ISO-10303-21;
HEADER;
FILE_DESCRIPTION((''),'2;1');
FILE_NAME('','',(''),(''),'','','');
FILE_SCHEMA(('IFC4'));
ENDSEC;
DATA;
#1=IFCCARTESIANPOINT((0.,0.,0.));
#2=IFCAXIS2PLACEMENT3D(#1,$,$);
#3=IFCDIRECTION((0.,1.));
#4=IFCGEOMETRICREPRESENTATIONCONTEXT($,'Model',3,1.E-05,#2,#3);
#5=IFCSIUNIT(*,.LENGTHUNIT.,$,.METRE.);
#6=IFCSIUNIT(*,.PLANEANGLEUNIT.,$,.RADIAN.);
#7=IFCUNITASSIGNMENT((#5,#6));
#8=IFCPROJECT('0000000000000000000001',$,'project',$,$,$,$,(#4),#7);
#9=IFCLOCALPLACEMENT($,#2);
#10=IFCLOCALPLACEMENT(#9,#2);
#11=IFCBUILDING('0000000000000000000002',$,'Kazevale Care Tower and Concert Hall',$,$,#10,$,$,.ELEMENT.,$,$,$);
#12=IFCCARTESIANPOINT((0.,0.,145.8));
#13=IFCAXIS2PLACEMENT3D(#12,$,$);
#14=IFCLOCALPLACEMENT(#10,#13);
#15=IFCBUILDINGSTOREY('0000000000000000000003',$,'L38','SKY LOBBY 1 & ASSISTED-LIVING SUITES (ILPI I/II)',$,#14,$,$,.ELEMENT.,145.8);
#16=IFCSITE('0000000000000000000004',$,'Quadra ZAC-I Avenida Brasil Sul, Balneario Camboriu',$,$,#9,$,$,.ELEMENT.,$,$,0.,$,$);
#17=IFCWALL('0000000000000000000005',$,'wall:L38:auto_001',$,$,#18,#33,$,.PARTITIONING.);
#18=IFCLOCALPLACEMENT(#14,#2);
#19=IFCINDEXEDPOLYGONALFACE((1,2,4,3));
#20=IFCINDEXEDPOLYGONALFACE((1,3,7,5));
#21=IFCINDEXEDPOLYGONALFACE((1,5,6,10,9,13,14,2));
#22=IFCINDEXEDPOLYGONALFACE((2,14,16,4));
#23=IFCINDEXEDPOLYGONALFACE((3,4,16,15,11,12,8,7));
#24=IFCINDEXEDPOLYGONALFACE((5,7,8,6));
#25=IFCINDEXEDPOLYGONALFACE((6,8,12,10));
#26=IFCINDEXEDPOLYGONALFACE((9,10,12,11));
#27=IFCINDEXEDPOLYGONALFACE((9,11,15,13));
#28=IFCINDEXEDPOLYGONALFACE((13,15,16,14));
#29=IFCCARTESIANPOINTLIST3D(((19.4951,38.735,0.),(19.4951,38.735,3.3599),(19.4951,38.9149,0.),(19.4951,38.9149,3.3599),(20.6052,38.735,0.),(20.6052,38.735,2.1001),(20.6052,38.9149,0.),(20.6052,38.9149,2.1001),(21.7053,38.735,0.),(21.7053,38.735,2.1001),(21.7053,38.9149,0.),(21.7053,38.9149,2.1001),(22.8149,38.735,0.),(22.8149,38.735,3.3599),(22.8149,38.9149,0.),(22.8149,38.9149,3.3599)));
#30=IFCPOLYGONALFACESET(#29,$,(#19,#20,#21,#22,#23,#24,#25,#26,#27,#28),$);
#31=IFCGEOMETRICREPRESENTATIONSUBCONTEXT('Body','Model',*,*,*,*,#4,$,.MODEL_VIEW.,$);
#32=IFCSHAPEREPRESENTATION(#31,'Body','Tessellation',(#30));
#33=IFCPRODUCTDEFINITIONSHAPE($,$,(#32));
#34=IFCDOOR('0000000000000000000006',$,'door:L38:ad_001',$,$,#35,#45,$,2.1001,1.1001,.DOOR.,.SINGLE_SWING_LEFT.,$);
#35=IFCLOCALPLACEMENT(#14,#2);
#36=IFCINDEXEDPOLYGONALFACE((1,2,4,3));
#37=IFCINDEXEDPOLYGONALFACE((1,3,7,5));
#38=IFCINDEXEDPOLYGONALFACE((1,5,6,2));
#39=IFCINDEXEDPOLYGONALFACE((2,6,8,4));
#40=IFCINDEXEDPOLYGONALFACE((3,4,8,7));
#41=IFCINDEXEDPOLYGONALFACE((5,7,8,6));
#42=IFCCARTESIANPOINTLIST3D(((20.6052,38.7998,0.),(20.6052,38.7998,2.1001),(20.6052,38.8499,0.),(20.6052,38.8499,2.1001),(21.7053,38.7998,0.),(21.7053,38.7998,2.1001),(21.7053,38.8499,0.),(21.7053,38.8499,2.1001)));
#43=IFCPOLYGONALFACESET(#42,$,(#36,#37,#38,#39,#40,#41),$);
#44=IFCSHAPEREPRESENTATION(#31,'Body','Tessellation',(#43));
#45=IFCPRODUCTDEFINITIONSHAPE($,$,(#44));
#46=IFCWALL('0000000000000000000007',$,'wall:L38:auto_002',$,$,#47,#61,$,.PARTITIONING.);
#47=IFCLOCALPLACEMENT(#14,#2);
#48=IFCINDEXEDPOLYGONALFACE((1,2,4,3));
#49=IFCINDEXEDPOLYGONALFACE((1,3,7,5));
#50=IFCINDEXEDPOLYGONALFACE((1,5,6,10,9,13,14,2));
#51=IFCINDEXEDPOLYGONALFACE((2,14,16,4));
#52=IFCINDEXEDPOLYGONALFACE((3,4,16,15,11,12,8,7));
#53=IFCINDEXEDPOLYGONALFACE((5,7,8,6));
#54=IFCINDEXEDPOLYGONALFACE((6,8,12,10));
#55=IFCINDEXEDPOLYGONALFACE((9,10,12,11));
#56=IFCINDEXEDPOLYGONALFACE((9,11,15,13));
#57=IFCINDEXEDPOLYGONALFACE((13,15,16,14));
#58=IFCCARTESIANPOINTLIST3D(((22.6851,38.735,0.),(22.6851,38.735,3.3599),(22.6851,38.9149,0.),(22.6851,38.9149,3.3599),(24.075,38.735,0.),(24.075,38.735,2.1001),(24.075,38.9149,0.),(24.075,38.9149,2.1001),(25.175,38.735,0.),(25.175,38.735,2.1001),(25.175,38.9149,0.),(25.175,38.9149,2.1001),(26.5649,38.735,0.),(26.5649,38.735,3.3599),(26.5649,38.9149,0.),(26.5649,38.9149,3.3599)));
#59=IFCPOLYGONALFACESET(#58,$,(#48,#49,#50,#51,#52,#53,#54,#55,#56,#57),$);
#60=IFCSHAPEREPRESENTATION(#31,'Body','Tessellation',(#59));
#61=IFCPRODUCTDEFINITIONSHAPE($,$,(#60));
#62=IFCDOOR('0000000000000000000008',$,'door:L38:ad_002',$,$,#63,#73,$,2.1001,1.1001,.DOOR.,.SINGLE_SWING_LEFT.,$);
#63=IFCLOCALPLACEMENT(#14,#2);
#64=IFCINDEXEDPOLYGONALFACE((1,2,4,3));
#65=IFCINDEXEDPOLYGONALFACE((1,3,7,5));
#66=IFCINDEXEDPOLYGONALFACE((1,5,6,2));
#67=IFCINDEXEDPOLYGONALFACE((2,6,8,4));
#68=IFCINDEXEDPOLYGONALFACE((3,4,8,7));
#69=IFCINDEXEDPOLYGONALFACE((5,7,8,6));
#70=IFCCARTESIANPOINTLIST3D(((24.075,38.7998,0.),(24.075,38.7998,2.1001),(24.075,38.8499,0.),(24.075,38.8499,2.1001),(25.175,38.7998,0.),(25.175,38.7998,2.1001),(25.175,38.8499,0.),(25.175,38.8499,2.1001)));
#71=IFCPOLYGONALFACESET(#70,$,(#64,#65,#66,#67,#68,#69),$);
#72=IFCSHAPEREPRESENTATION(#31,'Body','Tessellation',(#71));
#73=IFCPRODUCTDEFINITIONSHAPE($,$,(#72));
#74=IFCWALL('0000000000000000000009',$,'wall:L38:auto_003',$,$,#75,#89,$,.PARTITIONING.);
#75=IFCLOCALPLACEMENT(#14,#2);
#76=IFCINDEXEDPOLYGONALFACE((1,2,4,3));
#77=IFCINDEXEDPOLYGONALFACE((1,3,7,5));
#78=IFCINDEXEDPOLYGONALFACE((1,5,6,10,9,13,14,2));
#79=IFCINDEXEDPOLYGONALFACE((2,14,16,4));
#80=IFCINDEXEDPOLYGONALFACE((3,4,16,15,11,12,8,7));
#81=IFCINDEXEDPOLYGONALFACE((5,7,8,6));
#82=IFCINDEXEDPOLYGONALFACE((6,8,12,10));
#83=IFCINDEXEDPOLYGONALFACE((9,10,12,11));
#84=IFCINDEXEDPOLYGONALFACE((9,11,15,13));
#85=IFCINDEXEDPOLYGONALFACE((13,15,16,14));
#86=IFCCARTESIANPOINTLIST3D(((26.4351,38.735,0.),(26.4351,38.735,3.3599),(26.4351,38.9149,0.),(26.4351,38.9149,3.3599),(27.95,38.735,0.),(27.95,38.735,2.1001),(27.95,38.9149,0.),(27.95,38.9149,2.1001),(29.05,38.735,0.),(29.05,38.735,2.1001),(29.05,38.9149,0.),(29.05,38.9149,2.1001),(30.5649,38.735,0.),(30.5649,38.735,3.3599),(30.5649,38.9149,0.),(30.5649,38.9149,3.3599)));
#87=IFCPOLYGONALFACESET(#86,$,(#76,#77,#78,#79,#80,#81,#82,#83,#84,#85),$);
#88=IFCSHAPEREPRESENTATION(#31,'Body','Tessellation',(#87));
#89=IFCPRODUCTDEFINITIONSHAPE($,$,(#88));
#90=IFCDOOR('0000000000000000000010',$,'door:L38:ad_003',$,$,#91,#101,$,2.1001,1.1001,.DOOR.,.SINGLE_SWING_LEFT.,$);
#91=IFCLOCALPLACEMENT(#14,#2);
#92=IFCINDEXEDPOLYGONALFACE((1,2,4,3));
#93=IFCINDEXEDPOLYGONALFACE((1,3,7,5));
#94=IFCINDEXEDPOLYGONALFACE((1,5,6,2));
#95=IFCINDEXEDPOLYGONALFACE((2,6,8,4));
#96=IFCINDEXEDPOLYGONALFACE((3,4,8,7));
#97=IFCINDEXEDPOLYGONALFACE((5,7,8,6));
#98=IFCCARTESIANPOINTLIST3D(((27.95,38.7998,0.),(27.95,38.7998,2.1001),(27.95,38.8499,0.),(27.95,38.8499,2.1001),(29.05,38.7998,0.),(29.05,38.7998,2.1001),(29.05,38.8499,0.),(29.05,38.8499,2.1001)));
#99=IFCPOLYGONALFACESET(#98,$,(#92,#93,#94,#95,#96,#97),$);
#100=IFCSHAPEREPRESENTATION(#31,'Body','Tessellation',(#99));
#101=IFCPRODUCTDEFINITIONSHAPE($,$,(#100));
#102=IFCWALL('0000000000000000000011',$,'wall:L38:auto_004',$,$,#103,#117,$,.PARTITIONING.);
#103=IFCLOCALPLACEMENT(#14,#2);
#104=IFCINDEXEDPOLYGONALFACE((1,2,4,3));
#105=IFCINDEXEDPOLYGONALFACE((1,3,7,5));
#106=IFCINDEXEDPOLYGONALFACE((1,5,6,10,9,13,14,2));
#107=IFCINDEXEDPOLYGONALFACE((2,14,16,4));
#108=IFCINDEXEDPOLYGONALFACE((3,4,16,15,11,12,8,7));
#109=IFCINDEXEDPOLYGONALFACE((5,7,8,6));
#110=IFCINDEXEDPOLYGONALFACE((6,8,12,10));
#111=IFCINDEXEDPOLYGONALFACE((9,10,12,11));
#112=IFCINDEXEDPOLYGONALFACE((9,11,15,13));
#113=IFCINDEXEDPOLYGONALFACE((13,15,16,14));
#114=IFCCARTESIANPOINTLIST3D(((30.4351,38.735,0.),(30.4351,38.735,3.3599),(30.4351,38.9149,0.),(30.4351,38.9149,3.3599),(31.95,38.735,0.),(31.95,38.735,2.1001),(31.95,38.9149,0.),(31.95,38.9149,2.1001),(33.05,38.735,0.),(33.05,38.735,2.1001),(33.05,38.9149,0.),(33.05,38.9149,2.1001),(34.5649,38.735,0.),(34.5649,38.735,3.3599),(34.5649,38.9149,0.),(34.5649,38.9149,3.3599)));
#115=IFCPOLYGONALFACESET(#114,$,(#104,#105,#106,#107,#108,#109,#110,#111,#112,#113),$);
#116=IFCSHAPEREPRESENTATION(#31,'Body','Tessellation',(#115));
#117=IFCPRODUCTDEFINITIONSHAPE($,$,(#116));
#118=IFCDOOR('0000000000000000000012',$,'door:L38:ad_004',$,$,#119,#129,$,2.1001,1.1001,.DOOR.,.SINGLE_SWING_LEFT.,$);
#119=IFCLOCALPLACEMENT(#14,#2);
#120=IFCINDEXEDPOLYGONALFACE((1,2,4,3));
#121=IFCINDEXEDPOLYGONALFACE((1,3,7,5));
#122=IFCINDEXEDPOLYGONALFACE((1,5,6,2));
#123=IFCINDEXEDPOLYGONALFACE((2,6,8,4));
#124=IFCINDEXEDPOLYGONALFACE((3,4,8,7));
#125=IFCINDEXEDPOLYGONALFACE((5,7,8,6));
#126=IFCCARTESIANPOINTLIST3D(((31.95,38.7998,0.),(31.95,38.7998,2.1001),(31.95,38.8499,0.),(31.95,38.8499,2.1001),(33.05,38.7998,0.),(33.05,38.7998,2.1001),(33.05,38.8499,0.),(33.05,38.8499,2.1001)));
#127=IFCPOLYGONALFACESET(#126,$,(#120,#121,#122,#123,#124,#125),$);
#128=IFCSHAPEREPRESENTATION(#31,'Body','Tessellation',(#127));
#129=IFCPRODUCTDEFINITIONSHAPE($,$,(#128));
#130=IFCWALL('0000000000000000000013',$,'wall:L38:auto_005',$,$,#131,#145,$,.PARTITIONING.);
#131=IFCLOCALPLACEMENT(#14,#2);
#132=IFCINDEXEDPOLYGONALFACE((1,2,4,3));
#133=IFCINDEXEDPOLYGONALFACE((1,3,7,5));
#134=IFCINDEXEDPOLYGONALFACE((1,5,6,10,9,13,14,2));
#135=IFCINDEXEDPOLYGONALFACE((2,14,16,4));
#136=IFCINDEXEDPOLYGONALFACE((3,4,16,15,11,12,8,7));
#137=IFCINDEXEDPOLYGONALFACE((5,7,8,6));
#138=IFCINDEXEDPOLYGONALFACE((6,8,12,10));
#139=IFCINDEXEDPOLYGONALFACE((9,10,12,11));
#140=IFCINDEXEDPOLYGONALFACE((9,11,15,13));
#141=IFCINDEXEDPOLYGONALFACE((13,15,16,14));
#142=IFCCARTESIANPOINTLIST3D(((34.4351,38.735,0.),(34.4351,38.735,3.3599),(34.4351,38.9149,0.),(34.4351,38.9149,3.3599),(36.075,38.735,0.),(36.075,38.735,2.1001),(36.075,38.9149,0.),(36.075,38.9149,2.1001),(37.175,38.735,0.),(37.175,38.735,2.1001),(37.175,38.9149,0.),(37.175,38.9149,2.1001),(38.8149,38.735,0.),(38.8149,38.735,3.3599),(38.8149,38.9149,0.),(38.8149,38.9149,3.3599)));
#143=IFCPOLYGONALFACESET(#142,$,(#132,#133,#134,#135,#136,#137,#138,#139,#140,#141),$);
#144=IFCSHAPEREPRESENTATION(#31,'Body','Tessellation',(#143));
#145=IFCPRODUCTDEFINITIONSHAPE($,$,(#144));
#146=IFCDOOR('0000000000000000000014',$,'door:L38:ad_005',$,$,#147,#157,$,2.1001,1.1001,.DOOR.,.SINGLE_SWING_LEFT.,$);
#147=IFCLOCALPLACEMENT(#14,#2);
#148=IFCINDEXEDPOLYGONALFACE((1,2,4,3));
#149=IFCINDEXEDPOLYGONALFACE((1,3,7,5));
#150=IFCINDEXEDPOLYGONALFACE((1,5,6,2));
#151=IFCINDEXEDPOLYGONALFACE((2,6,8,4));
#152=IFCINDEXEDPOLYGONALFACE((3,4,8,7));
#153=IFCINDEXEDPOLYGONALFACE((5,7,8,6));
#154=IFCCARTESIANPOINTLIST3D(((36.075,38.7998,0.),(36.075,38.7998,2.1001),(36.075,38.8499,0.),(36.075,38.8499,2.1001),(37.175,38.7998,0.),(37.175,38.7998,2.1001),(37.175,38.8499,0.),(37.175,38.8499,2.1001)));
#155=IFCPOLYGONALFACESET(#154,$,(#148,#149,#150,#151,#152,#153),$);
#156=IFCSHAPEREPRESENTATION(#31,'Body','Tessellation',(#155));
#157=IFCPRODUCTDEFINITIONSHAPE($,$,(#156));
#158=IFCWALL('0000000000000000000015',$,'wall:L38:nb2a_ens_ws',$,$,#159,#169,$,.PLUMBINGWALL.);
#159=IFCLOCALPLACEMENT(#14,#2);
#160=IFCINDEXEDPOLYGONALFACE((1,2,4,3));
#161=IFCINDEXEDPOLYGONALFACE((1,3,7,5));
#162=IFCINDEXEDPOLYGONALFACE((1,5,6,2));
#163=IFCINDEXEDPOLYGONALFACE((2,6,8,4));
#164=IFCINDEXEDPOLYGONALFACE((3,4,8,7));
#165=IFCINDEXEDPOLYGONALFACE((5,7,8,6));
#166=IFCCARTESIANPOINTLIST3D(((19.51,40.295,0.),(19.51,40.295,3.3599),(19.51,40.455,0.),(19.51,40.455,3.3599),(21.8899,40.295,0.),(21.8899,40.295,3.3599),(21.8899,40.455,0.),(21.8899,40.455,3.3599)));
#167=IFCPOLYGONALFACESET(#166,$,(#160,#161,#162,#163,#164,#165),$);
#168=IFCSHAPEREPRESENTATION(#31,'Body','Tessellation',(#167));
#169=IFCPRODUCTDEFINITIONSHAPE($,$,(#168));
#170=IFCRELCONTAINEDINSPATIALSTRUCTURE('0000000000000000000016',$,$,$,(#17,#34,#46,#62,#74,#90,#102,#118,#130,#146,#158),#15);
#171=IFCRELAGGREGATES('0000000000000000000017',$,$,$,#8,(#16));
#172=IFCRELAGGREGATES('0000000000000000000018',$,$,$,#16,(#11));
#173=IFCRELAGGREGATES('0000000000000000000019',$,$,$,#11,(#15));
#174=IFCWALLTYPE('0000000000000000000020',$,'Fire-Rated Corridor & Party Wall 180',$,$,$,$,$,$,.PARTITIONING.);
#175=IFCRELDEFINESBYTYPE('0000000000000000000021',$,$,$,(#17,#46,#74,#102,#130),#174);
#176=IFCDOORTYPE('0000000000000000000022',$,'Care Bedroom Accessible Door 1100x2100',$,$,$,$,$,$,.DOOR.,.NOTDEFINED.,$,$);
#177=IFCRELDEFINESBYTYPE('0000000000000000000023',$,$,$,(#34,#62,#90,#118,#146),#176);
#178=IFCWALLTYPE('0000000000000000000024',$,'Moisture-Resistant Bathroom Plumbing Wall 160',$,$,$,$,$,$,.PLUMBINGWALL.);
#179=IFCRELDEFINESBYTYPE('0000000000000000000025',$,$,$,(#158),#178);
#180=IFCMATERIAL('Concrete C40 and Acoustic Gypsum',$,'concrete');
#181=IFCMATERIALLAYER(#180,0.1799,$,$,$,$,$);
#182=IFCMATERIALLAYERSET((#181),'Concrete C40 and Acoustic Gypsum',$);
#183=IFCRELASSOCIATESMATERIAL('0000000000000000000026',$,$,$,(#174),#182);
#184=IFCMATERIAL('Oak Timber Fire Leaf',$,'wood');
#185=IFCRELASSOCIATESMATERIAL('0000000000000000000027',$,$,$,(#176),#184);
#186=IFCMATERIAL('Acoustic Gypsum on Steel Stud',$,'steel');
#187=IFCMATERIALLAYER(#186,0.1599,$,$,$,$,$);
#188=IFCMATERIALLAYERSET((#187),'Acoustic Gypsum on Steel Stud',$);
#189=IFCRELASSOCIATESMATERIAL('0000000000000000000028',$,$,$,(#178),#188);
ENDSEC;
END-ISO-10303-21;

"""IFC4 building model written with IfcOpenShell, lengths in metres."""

from ifc_helpers import new_model, si_unit, direction, frame, frame_2d, origin, place, context, subcontext, project, spatial, rectangle, extrude, material, layer, layer_set, type_object, element, fill, save


model = new_model("IFC4")

# Units and contexts
model_context = context("Model", 3, precision=1e-05, world=origin(), true_north=direction((0.0, 1.0)))
body_context = subcontext(model_context, "Body", "Model", "MODEL_VIEW")
ifc_project = project(units=[si_unit("LENGTHUNIT", "METRE"), si_unit("PLANEANGLEUNIT", "RADIAN")], contexts=[model_context])

# Site, building, storey
site_placement = place(None, origin())
site = spatial("IfcSite", under=ifc_project, at=site_placement, Name="Quadra ZAC-I Avenida Brasil Sul, Balneario Camboriu", CompositionType="ELEMENT", RefElevation=0.0)
building_placement = place(site_placement, origin())
building = spatial("IfcBuilding", under=site, at=building_placement, Name="Kazevale Care Tower and Concert Hall", CompositionType="ELEMENT")
storey_placement = place(building_placement, frame((0.0, 0.0, 145.8)))
storey = spatial("IfcBuildingStorey", under=building, at=storey_placement, Name="L38", Description="SKY LOBBY 1 & ASSISTED-LIVING SUITES (ILPI I/II)", CompositionType="ELEMENT", Elevation=145.8)

# Walls, openings, doors
ifc_material_1 = material(Name="Concrete C40 and Acoustic Gypsum", Category="concrete")
ifc_layer_1 = layer(ifc_material_1, 0.1799)
ifc_layer_set_1 = layer_set([ifc_layer_1], Name="Concrete C40 and Acoustic Gypsum")
wall_type_1 = type_object("IfcWallType", Name="Fire-Rated Corridor & Party Wall 180", PredefinedType="PARTITIONING", material=ifc_layer_set_1)
wall_1_placement = place(storey_placement, frame((19.4951, 38.825, 0.0), z_axis=(0.0, 0.0, 1.0), x_axis=(1.0, 0.0, 0.0)))
wall_1 = element("IfcWall", 1, at=wall_1_placement, inside=storey, type_object=wall_type_1, Name="wall:L38:auto_001", PredefinedType="PARTITIONING", context=body_context, shape_type="SweptSolid", body=[
    extrude(rectangle(XDim=3.3198, YDim=0.1799, at=frame_2d((1.6599, 0.0))), origin(), (0.0, 0.0, 1.0), 3.3599),
])
opening_1_placement = place(wall_1_placement, frame((1.1101, 0.0, 0.0)))
opening_1 = element("IfcOpeningElement", 2, at=opening_1_placement, cuts=wall_1, PredefinedType="OPENING", context=body_context, shape_type="SweptSolid", body=[
    extrude(rectangle(XDim=1.1001, YDim=2.1001, at=frame_2d((0.55, 1.05))), frame((0.0, 0.0999, 0.0), z_axis=(0.0, -1.0, 0.0), x_axis=(1.0, 0.0, 0.0)), (0.0, 0.0, 1.0), 0.2),
])
ifc_material_2 = material(Name="Oak Timber Fire Leaf", Category="wood")
door_type_1 = type_object("IfcDoorType", Name="Care Bedroom Accessible Door 1100x2100", OperationType="NOTDEFINED", PredefinedType="DOOR", material=ifc_material_2)
door_1_placement = place(opening_1_placement, origin())
door_1 = element("IfcDoor", 3, at=door_1_placement, inside=storey, type_object=door_type_1, Name="door:L38:ad_001", OperationType="SINGLE_SWING_LEFT", OverallHeight=2.1001, OverallWidth=1.1001, PredefinedType="DOOR", context=body_context, shape_type="SweptSolid", body=[
    extrude(rectangle(XDim=1.1001, YDim=2.1001, at=frame_2d((0.55, 1.05))), frame((0.0, 0.0249, 0.0), z_axis=(0.0, -1.0, 0.0), x_axis=(1.0, 0.0, 0.0)), (0.0, 0.0, 1.0), 0.05),
])
fill(opening_1, door_1)
wall_2_placement = place(storey_placement, frame((22.6851, 38.825, 0.0), z_axis=(0.0, 0.0, 1.0), x_axis=(1.0, 0.0, 0.0)))
wall_2 = element("IfcWall", 4, at=wall_2_placement, inside=storey, type_object=wall_type_1, Name="wall:L38:auto_002", PredefinedType="PARTITIONING", context=body_context, shape_type="SweptSolid", body=[
    extrude(rectangle(XDim=3.8799, YDim=0.1799, at=frame_2d((1.9399, 0.0))), origin(), (0.0, 0.0, 1.0), 3.3599),
])
opening_2_placement = place(wall_2_placement, frame((1.3899, 0.0, 0.0)))
opening_2 = element("IfcOpeningElement", 5, at=opening_2_placement, cuts=wall_2, PredefinedType="OPENING", context=body_context, shape_type="SweptSolid", body=[
    extrude(rectangle(XDim=1.1001, YDim=2.1001, at=frame_2d((0.55, 1.05))), frame((0.0, 0.0999, 0.0), z_axis=(0.0, -1.0, 0.0), x_axis=(1.0, 0.0, 0.0)), (0.0, 0.0, 1.0), 0.2),
])
door_2_placement = place(opening_2_placement, origin())
door_2 = element("IfcDoor", 6, at=door_2_placement, inside=storey, type_object=door_type_1, Name="door:L38:ad_002", OperationType="SINGLE_SWING_LEFT", OverallHeight=2.1001, OverallWidth=1.1001, PredefinedType="DOOR", context=body_context, shape_type="SweptSolid", body=[
    extrude(rectangle(XDim=1.1001, YDim=2.1001, at=frame_2d((0.55, 1.05))), frame((0.0, 0.0249, 0.0), z_axis=(0.0, -1.0, 0.0), x_axis=(1.0, 0.0, 0.0)), (0.0, 0.0, 1.0), 0.05),
])
fill(opening_2, door_2)
wall_3_placement = place(storey_placement, frame((26.4351, 38.825, 0.0), z_axis=(0.0, 0.0, 1.0), x_axis=(1.0, 0.0, 0.0)))
wall_3 = element("IfcWall", 7, at=wall_3_placement, inside=storey, type_object=wall_type_1, Name="wall:L38:auto_003", PredefinedType="PARTITIONING", context=body_context, shape_type="SweptSolid", body=[
    extrude(rectangle(XDim=4.1299, YDim=0.1799, at=frame_2d((2.0649, 0.0))), origin(), (0.0, 0.0, 1.0), 3.3599),
])
opening_3_placement = place(wall_3_placement, frame((1.5149, 0.0, 0.0)))
opening_3 = element("IfcOpeningElement", 8, at=opening_3_placement, cuts=wall_3, PredefinedType="OPENING", context=body_context, shape_type="SweptSolid", body=[
    extrude(rectangle(XDim=1.1001, YDim=2.1001, at=frame_2d((0.55, 1.05))), frame((0.0, 0.0999, 0.0), z_axis=(0.0, -1.0, 0.0), x_axis=(1.0, 0.0, 0.0)), (0.0, 0.0, 1.0), 0.2),
])
door_3_placement = place(opening_3_placement, origin())
door_3 = element("IfcDoor", 9, at=door_3_placement, inside=storey, type_object=door_type_1, Name="door:L38:ad_003", OperationType="SINGLE_SWING_LEFT", OverallHeight=2.1001, OverallWidth=1.1001, PredefinedType="DOOR", context=body_context, shape_type="SweptSolid", body=[
    extrude(rectangle(XDim=1.1001, YDim=2.1001, at=frame_2d((0.55, 1.05))), frame((0.0, 0.0249, 0.0), z_axis=(0.0, -1.0, 0.0), x_axis=(1.0, 0.0, 0.0)), (0.0, 0.0, 1.0), 0.05),
])
fill(opening_3, door_3)
wall_4_placement = place(storey_placement, frame((30.4351, 38.825, 0.0), z_axis=(0.0, 0.0, 1.0), x_axis=(1.0, 0.0, 0.0)))
wall_4 = element("IfcWall", 10, at=wall_4_placement, inside=storey, type_object=wall_type_1, Name="wall:L38:auto_004", PredefinedType="PARTITIONING", context=body_context, shape_type="SweptSolid", body=[
    extrude(rectangle(XDim=4.1299, YDim=0.1799, at=frame_2d((2.0649, 0.0))), origin(), (0.0, 0.0, 1.0), 3.3599),
])
opening_4_placement = place(wall_4_placement, frame((1.5149, 0.0, 0.0)))
opening_4 = element("IfcOpeningElement", 11, at=opening_4_placement, cuts=wall_4, PredefinedType="OPENING", context=body_context, shape_type="SweptSolid", body=[
    extrude(rectangle(XDim=1.1001, YDim=2.1001, at=frame_2d((0.55, 1.05))), frame((0.0, 0.0999, 0.0), z_axis=(0.0, -1.0, 0.0), x_axis=(1.0, 0.0, 0.0)), (0.0, 0.0, 1.0), 0.2),
])
door_4_placement = place(opening_4_placement, origin())
door_4 = element("IfcDoor", 12, at=door_4_placement, inside=storey, type_object=door_type_1, Name="door:L38:ad_004", OperationType="SINGLE_SWING_LEFT", OverallHeight=2.1001, OverallWidth=1.1001, PredefinedType="DOOR", context=body_context, shape_type="SweptSolid", body=[
    extrude(rectangle(XDim=1.1001, YDim=2.1001, at=frame_2d((0.55, 1.05))), frame((0.0, 0.0249, 0.0), z_axis=(0.0, -1.0, 0.0), x_axis=(1.0, 0.0, 0.0)), (0.0, 0.0, 1.0), 0.05),
])
fill(opening_4, door_4)
wall_5_placement = place(storey_placement, frame((34.4351, 38.825, 0.0), z_axis=(0.0, 0.0, 1.0), x_axis=(1.0, 0.0, 0.0)))
wall_5 = element("IfcWall", 13, at=wall_5_placement, inside=storey, type_object=wall_type_1, Name="wall:L38:auto_005", PredefinedType="PARTITIONING", context=body_context, shape_type="SweptSolid", body=[
    extrude(rectangle(XDim=4.3799, YDim=0.1799, at=frame_2d((2.1899, 0.0))), origin(), (0.0, 0.0, 1.0), 3.3599),
])
opening_5_placement = place(wall_5_placement, frame((1.6399, 0.0, 0.0)))
opening_5 = element("IfcOpeningElement", 14, at=opening_5_placement, cuts=wall_5, PredefinedType="OPENING", context=body_context, shape_type="SweptSolid", body=[
    extrude(rectangle(XDim=1.1001, YDim=2.1001, at=frame_2d((0.55, 1.05))), frame((0.0, 0.0999, 0.0), z_axis=(0.0, -1.0, 0.0), x_axis=(1.0, 0.0, 0.0)), (0.0, 0.0, 1.0), 0.2),
])
door_5_placement = place(opening_5_placement, origin())
door_5 = element("IfcDoor", 15, at=door_5_placement, inside=storey, type_object=door_type_1, Name="door:L38:ad_005", OperationType="SINGLE_SWING_LEFT", OverallHeight=2.1001, OverallWidth=1.1001, PredefinedType="DOOR", context=body_context, shape_type="SweptSolid", body=[
    extrude(rectangle(XDim=1.1001, YDim=2.1001, at=frame_2d((0.55, 1.05))), frame((0.0, 0.0249, 0.0), z_axis=(0.0, -1.0, 0.0), x_axis=(1.0, 0.0, 0.0)), (0.0, 0.0, 1.0), 0.05),
])
fill(opening_5, door_5)

# Wall
ifc_material_3 = material(Name="Acoustic Gypsum on Steel Stud", Category="steel")
ifc_layer_2 = layer(ifc_material_3, 0.1599)
ifc_layer_set_2 = layer_set([ifc_layer_2], Name="Acoustic Gypsum on Steel Stud")
wall_type_2 = type_object("IfcWallType", Name="Moisture-Resistant Bathroom Plumbing Wall 160", PredefinedType="PLUMBINGWALL", material=ifc_layer_set_2)
wall_6_placement = place(storey_placement, frame((19.51, 40.375, 0.0), z_axis=(0.0, 0.0, 1.0), x_axis=(1.0, 0.0, 0.0)))
element("IfcWall", 16, at=wall_6_placement, inside=storey, type_object=wall_type_2, Name="wall:L38:nb2a_ens_ws", PredefinedType="PLUMBINGWALL", context=body_context, shape_type="SweptSolid", body=[
    extrude(rectangle(XDim=2.3799, YDim=0.1599, at=frame_2d((1.1899, 0.0))), origin(), (0.0, 0.0, 1.0), 3.3599),
])

save(model, "model.ifc")
